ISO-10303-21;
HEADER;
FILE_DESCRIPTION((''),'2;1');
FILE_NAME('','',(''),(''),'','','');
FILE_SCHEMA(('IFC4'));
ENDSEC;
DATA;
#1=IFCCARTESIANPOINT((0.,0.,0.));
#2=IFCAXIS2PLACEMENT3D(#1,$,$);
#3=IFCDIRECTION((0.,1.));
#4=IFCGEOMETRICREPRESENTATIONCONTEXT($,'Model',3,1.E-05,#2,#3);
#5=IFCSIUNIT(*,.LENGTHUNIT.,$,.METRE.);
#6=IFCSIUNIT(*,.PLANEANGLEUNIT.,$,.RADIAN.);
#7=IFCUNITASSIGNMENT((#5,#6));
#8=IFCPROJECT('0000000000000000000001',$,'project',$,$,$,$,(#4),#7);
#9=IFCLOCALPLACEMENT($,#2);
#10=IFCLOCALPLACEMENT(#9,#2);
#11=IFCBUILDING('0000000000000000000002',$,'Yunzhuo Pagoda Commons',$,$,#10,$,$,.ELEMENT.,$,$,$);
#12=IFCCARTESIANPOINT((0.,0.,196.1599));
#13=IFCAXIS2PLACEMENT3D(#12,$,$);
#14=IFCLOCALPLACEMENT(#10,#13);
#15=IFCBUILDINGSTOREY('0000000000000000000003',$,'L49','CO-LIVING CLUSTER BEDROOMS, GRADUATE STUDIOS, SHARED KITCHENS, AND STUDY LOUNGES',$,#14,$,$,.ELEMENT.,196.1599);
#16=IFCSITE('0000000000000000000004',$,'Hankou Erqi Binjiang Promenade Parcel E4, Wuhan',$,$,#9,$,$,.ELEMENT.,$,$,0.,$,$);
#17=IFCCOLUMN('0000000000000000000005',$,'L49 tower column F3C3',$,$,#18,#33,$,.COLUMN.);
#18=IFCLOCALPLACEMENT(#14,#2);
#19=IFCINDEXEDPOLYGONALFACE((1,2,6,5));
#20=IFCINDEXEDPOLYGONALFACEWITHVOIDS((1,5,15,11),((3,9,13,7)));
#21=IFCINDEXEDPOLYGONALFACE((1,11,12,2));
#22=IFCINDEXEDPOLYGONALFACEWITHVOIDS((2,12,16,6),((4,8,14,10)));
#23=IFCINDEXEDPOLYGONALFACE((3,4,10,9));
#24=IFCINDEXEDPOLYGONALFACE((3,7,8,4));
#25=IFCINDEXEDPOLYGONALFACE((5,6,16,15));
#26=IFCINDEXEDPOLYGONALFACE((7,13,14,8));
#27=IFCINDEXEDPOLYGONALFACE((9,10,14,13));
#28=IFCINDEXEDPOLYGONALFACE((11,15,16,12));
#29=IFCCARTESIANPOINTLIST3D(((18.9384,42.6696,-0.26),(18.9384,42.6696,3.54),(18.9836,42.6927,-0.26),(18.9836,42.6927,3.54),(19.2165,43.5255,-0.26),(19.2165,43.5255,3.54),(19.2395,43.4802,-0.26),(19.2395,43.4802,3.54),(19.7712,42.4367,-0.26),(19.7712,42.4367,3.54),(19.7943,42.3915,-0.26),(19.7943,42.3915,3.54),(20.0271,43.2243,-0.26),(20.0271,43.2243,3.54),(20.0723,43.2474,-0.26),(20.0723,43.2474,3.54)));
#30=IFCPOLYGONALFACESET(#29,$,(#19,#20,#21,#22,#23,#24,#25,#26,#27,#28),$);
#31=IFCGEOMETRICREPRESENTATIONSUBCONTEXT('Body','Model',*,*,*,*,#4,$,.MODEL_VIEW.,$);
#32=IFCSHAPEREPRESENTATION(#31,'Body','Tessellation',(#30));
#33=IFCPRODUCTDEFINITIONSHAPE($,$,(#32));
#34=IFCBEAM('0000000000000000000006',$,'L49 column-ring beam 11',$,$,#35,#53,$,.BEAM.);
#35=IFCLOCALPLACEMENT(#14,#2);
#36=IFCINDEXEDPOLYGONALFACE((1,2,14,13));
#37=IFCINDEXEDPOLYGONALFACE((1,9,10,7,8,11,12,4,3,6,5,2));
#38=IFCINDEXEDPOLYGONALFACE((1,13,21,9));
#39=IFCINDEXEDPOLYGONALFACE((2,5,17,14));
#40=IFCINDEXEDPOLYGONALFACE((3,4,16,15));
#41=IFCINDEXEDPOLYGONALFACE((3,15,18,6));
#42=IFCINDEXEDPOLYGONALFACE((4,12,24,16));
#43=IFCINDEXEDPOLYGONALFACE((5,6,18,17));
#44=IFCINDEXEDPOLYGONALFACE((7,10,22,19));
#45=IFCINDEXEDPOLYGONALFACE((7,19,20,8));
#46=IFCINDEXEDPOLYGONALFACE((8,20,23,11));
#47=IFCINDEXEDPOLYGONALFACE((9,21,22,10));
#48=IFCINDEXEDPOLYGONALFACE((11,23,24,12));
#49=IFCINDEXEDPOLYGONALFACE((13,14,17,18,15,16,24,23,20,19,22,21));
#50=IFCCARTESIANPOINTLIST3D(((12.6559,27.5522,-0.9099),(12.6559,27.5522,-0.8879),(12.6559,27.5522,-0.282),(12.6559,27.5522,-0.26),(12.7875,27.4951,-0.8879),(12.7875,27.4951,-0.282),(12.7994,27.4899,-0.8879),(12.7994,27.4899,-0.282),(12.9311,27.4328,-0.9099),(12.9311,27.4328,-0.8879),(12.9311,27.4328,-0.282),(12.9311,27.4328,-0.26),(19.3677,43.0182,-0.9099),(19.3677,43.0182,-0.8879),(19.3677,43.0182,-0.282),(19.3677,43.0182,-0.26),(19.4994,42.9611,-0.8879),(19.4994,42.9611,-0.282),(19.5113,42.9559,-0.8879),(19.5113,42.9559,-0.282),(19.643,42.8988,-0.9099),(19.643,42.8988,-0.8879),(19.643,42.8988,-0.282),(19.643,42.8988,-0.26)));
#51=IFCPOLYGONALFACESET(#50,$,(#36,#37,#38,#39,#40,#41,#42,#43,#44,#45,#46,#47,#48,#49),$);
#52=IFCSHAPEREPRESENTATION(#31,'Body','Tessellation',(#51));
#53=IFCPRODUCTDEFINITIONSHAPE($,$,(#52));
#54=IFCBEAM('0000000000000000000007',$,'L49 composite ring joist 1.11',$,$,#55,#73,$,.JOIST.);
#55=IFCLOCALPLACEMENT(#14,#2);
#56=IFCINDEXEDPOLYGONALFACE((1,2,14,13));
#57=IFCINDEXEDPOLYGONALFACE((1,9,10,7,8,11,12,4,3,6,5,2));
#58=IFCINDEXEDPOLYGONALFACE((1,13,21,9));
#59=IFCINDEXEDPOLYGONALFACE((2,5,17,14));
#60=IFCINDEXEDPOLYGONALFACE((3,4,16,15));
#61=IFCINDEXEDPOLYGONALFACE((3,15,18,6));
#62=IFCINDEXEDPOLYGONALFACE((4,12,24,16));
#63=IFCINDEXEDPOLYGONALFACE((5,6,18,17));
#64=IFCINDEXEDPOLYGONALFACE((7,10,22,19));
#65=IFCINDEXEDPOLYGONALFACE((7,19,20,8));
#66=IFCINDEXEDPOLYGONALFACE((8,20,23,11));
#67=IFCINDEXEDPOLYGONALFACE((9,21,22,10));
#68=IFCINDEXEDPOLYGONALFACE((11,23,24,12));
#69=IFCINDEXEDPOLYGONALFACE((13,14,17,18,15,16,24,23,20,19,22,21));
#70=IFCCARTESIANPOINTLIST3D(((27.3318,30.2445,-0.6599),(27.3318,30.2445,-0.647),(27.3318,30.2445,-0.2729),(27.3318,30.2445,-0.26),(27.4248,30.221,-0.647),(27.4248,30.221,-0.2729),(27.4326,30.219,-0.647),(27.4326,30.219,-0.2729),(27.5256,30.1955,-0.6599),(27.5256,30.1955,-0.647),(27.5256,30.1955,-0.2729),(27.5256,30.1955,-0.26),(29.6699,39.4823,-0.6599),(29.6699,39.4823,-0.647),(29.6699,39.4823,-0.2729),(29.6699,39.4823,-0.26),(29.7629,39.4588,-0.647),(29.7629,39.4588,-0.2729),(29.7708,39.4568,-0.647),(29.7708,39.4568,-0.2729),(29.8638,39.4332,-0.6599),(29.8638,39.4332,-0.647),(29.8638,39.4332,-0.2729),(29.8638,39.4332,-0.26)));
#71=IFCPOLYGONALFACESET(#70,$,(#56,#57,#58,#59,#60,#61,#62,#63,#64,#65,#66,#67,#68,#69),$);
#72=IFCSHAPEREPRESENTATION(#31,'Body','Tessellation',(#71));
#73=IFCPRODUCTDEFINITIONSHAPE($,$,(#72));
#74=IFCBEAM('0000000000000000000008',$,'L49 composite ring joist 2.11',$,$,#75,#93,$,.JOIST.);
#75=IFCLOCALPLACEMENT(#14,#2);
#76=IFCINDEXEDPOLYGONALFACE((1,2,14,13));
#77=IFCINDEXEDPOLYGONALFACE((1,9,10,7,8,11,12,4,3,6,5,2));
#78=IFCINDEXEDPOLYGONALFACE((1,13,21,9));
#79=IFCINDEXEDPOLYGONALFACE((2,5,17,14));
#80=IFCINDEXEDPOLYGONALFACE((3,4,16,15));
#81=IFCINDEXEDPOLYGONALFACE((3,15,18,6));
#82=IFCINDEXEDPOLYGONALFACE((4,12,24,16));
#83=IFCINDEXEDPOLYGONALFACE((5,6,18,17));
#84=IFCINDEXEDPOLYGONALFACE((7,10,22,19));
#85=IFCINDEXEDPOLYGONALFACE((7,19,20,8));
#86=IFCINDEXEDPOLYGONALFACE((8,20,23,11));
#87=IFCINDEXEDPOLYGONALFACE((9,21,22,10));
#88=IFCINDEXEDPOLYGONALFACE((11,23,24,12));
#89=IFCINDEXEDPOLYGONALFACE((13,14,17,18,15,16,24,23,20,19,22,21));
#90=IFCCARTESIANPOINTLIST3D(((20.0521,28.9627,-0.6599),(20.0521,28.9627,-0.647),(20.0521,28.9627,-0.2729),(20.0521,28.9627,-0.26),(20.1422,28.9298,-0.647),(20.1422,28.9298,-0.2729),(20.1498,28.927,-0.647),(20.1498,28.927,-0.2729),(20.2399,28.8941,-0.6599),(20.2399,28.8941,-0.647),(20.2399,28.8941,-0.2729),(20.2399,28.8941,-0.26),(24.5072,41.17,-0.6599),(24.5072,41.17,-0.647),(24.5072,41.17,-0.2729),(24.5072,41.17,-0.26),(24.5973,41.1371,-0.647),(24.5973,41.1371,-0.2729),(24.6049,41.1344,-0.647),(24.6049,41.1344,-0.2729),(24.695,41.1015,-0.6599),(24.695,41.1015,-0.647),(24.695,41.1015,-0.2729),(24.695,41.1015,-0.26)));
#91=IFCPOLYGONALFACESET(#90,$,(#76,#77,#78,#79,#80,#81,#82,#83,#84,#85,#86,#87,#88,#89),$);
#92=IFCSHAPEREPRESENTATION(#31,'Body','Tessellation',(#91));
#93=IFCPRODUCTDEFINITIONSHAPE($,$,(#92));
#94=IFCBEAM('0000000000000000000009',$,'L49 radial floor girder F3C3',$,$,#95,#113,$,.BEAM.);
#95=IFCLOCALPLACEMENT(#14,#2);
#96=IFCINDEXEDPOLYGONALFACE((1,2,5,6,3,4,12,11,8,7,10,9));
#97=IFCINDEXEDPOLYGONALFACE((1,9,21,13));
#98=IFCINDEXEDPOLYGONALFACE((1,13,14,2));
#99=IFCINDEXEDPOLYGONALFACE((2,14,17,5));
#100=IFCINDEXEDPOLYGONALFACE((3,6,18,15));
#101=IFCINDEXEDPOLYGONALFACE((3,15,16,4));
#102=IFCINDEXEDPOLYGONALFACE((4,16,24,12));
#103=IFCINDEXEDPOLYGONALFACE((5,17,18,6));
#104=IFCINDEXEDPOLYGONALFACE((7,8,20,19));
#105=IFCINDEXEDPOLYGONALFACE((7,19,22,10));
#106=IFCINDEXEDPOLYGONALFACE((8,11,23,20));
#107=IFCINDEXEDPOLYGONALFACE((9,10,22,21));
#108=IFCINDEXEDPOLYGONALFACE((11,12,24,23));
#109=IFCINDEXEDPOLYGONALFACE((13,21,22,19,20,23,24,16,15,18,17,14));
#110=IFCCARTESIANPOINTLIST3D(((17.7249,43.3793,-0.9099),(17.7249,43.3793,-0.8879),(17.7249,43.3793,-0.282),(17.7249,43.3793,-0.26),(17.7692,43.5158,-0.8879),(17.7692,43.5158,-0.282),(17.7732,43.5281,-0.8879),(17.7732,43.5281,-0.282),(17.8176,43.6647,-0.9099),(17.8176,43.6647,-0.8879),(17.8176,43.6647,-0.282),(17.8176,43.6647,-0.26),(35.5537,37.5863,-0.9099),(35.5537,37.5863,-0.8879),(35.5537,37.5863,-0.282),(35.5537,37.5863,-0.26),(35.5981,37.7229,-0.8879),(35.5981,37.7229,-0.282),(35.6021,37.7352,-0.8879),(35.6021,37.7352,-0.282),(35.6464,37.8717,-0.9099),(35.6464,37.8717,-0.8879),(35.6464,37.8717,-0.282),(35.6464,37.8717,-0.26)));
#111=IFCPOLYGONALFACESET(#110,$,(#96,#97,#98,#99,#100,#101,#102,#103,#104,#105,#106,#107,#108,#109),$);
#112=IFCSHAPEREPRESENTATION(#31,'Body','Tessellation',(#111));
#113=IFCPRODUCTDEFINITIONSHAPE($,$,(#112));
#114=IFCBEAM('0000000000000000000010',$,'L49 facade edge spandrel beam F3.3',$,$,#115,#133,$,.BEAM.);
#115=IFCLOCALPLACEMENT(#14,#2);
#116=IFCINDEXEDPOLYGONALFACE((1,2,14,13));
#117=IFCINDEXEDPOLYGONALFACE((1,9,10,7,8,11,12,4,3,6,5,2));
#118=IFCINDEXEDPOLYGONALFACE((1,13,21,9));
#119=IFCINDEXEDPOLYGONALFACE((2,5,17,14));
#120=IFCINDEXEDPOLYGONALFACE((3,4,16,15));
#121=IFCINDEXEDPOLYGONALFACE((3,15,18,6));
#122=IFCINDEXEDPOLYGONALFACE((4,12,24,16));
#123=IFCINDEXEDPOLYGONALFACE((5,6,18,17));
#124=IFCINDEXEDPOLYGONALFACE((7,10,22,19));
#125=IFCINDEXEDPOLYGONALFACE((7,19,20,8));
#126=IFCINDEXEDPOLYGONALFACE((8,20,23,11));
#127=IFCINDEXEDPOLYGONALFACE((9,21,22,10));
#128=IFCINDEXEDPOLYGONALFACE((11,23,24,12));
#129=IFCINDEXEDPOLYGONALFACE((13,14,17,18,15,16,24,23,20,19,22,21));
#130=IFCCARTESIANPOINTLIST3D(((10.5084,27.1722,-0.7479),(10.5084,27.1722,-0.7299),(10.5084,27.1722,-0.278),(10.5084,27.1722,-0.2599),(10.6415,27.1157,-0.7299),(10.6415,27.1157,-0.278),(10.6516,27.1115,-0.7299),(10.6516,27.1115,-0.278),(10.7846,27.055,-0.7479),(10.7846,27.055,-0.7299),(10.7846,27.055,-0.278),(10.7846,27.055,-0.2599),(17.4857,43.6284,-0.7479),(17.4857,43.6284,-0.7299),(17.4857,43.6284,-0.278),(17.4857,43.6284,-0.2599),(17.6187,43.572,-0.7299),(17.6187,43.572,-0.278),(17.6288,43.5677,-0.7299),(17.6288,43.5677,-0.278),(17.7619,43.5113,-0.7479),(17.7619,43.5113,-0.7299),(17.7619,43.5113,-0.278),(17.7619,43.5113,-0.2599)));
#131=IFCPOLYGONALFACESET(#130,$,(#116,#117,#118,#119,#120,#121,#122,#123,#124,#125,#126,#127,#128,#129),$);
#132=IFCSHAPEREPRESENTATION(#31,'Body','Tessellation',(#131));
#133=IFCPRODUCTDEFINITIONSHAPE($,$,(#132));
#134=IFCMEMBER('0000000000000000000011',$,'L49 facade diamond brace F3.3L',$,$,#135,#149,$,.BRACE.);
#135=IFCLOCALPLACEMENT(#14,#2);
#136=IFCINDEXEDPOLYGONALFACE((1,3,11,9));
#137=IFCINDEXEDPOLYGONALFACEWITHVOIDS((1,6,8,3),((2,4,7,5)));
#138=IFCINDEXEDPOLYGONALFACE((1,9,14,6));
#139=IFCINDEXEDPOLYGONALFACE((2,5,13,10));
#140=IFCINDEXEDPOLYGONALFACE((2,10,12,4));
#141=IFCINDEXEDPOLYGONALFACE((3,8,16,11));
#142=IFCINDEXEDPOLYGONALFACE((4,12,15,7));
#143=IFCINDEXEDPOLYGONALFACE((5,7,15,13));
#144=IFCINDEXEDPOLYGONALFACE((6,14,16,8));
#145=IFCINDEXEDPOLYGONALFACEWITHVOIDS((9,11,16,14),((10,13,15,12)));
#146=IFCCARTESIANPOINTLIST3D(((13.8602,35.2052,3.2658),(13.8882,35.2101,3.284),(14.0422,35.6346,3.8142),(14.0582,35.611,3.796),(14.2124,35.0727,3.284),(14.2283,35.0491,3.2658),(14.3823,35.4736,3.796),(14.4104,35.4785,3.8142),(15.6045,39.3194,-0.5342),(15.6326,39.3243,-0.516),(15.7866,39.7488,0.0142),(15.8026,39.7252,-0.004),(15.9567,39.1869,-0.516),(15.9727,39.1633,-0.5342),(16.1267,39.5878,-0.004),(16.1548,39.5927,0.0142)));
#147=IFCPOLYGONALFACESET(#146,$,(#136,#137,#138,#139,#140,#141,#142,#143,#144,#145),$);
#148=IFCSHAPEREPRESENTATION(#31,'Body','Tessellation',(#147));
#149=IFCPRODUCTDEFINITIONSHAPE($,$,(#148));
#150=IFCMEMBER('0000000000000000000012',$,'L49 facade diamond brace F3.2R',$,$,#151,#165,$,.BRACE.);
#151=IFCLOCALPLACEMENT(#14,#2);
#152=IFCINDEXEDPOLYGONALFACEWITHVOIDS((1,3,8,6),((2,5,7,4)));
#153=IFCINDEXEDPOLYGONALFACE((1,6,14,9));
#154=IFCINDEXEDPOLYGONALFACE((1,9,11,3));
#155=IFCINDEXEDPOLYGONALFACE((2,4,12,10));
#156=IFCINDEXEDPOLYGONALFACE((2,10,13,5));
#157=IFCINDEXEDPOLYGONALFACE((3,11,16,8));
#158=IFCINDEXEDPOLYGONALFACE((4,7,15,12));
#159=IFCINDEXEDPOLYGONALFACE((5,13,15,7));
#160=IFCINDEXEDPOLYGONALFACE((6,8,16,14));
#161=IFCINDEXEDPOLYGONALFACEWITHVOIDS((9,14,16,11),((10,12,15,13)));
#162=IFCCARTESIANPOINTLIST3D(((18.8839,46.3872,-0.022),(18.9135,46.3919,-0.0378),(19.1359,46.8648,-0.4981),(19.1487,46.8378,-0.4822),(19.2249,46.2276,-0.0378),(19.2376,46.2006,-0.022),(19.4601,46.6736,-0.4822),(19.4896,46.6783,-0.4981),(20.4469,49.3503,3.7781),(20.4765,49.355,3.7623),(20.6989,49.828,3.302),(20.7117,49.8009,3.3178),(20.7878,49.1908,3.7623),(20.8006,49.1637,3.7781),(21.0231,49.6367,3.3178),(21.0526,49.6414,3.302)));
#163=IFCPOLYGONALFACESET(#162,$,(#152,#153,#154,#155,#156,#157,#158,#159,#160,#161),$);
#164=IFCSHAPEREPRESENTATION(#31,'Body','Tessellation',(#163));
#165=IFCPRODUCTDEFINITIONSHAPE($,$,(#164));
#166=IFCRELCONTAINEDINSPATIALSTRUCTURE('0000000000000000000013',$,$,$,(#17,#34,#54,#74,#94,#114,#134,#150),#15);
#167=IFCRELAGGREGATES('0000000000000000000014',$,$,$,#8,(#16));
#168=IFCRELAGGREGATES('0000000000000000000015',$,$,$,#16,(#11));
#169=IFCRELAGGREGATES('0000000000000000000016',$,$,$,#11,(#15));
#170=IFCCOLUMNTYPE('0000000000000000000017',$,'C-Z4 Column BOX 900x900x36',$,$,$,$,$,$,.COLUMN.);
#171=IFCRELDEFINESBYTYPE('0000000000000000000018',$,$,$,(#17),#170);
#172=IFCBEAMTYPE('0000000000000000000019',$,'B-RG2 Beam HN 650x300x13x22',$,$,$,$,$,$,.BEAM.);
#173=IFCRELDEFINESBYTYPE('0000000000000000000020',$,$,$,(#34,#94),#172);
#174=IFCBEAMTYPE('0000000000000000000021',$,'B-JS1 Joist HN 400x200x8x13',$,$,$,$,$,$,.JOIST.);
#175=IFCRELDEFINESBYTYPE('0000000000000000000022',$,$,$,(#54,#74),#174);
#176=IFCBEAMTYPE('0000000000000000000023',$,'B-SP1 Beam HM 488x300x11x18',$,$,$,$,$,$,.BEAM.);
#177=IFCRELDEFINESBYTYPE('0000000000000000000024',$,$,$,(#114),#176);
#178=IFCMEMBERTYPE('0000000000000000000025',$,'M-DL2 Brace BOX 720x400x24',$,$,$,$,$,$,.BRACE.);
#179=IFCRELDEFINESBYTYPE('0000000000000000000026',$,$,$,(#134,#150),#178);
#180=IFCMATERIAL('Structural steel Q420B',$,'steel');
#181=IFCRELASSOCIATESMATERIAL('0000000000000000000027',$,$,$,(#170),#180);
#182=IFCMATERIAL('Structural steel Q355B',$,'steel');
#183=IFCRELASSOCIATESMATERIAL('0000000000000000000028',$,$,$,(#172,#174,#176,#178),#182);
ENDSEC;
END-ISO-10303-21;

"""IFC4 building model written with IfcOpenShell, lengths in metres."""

from ifc_helpers import new_model, si_unit, direction, frame, origin, origin_2d, place, context, subcontext, project, spatial, hollow_rectangle, i_section, extrude, source, transform, mapped, material, material_profile, profile_set, type_object, element, save


model = new_model("IFC4")

# Units and contexts
model_context = context("Model", 3, precision=1e-05, world=origin(), true_north=direction((0.0, 1.0)))
body_context = subcontext(model_context, "Body", "Model", "MODEL_VIEW")
ifc_project = project(units=[si_unit("LENGTHUNIT", "METRE"), si_unit("PLANEANGLEUNIT", "RADIAN")], contexts=[model_context])

# Site, building, storey
site_placement = place(None, origin())
site = spatial("IfcSite", under=ifc_project, at=site_placement, Name="Hankou Erqi Binjiang Promenade Parcel E4, Wuhan", CompositionType="ELEMENT", RefElevation=0.0)
building_placement = place(site_placement, origin())
building = spatial("IfcBuilding", under=site, at=building_placement, Name="Yunzhuo Pagoda Commons", CompositionType="ELEMENT")
storey_placement = place(building_placement, frame((0.0, 0.0, 196.1599)))
storey = spatial("IfcBuildingStorey", under=building, at=storey_placement, Name="L49", Description="CO-LIVING CLUSTER BEDROOMS, GRADUATE STUDIOS, SHARED KITCHENS, AND STUDY LOUNGES", CompositionType="ELEMENT", Elevation=196.1599)

# Column
ifc_material_1 = material(Name="Structural steel Q420B", Category="steel")
ifc_material_profile_1 = material_profile(ifc_material_1, hollow_rectangle(XDim=0.8999, YDim=0.8999, WallThickness=0.0359, at=origin_2d()), Name="Structural steel Q420B")
ifc_profile_set_1 = profile_set([ifc_material_profile_1], Name="Structural steel Q420B")
column_type = type_object("IfcColumnType", Name="C-Z4 Column BOX 900x900x36", PredefinedType="COLUMN", material=ifc_profile_set_1)
shared_shape_1 = source(origin(), body_context, "Body", "SweptSolid", [
    extrude(hollow_rectangle(XDim=0.8999, YDim=0.8999, WallThickness=0.0359, at=origin_2d()), origin(), (0.0, 0.0, 1.0), 3.8),
])
column_placement = place(storey_placement, frame((19.5054, 42.9585, -0.26), z_axis=(0.0, 0.0, 1.0), x_axis=(-0.309017, -0.951057, 0.0)))
element("IfcColumn", 1, at=column_placement, inside=storey, type_object=column_type, Name="L49 tower column F3C3", PredefinedType="COLUMN", context=body_context, shape_type="MappedRepresentation", body=[
    mapped(shared_shape_1, transform((0.0, 0.0, 0.0), scale=1.0)),
])

# Beams
ifc_material_2 = material(Name="Structural steel Q355B", Category="steel")
ifc_material_profile_2 = material_profile(ifc_material_2, i_section(OverallWidth=0.3, OverallDepth=0.6499, WebThickness=0.0129, FlangeThickness=0.022, at=origin_2d()), Name="Structural steel Q355B")
ifc_profile_set_2 = profile_set([ifc_material_profile_2], Name="Structural steel Q355B")
beam_type_1 = type_object("IfcBeamType", Name="B-RG2 Beam HN 650x300x13x22", PredefinedType="BEAM", material=ifc_profile_set_2)
shared_shape_2 = source(origin(), body_context, "Body", "SweptSolid", [
    extrude(i_section(OverallWidth=0.3, OverallDepth=0.6499, WebThickness=0.0129, FlangeThickness=0.022, at=origin_2d()), origin(), (0.0, 0.0, 1.0), 16.8596),
])
beam_1_placement = place(storey_placement, frame((19.5054, 42.9585, -0.585), z_axis=(-0.398104, -0.91734, 0.0), x_axis=(0.91734, -0.398104, 0.0)))
element("IfcBeam", 2, at=beam_1_placement, inside=storey, type_object=beam_type_1, Name="L49 column-ring beam 11", PredefinedType="BEAM", context=body_context, shape_type="MappedRepresentation", body=[
    mapped(shared_shape_2, transform((0.0, 0.0, 0.0), scale=1.0)),
])
ifc_material_profile_3 = material_profile(ifc_material_2, i_section(OverallWidth=0.2, OverallDepth=0.3999, WebThickness=0.0081, FlangeThickness=0.0129, at=origin_2d()), Name="Structural steel Q355B")
ifc_profile_set_3 = profile_set([ifc_material_profile_3], Name="Structural steel Q355B")
beam_type_2 = type_object("IfcBeamType", Name="B-JS1 Joist HN 400x200x8x13", PredefinedType="JOIST", material=ifc_profile_set_3)
shared_shape_3 = source(origin(), body_context, "Body", "SweptSolid", [
    extrude(i_section(OverallWidth=0.2, OverallDepth=0.3999, WebThickness=0.0081, FlangeThickness=0.0129, at=origin_2d()), origin(), (0.0, 0.0, 1.0), 9.5291),
])
beam_2_placement = place(storey_placement, frame((29.7668, 39.4578, -0.46), z_axis=(-0.245368, -0.96943, 0.0), x_axis=(0.96943, -0.245368, 0.0)))
element("IfcBeam", 3, at=beam_2_placement, inside=storey, type_object=beam_type_2, Name="L49 composite ring joist 1.11", PredefinedType="JOIST", context=body_context, shape_type="MappedRepresentation", body=[
    mapped(shared_shape_3, transform((0.0, 0.0, 0.0), scale=1.0)),
])
shared_shape_4 = source(origin(), body_context, "Body", "SweptSolid", [
    extrude(i_section(OverallWidth=0.2, OverallDepth=0.3999, WebThickness=0.0081, FlangeThickness=0.0129, at=origin_2d()), origin(), (0.0, 0.0, 1.0), 12.9949),
])
beam_3_placement = place(storey_placement, frame((24.6011, 41.1357, -0.46), z_axis=(-0.342835, -0.939396, 0.0), x_axis=(0.939396, -0.342835, 0.0)))
element("IfcBeam", 4, at=beam_3_placement, inside=storey, type_object=beam_type_2, Name="L49 composite ring joist 2.11", PredefinedType="JOIST", context=body_context, shape_type="MappedRepresentation", body=[
    mapped(shared_shape_4, transform((0.0, 0.0, 0.0), scale=1.0)),
])
shared_shape_5 = source(origin(), body_context, "Body", "SweptSolid", [
    extrude(i_section(OverallWidth=0.3, OverallDepth=0.6499, WebThickness=0.0129, FlangeThickness=0.022, at=origin_2d()), origin(), (0.0, 0.0, 1.0), 18.7463),
])
beam_4_placement = place(storey_placement, frame((17.7712, 43.522, -0.585), z_axis=(0.951056, -0.309018, 0.0), x_axis=(0.309018, 0.951056, 0.0)))
element("IfcBeam", 5, at=beam_4_placement, inside=storey, type_object=beam_type_1, Name="L49 radial floor girder F3C3", PredefinedType="BEAM", context=body_context, shape_type="MappedRepresentation", body=[
    mapped(shared_shape_5, transform((0.0, 0.0, 0.0), scale=1.0)),
])
ifc_material_profile_4 = material_profile(ifc_material_2, i_section(OverallWidth=0.3, OverallDepth=0.488, WebThickness=0.011, FlangeThickness=0.0181, at=origin_2d()), Name="Structural steel Q355B")
ifc_profile_set_4 = profile_set([ifc_material_profile_4], Name="Structural steel Q355B")
beam_type_3 = type_object("IfcBeamType", Name="B-SP1 Beam HM 488x300x11x18", PredefinedType="BEAM", material=ifc_profile_set_4)
shared_shape_6 = source(origin(), body_context, "Body", "SweptSolid", [
    extrude(i_section(OverallWidth=0.3, OverallDepth=0.488, WebThickness=0.011, FlangeThickness=0.0181, at=origin_2d()), origin(), (0.0, 0.0, 1.0), 17.8743),
])
beam_5_placement = place(storey_placement, frame((17.6238, 43.5698, -0.5039), z_axis=(-0.390352, -0.920666, 0.0), x_axis=(0.920666, -0.390352, 0.0)))
element("IfcBeam", 6, at=beam_5_placement, inside=storey, type_object=beam_type_3, Name="L49 facade edge spandrel beam F3.3", PredefinedType="BEAM", context=body_context, shape_type="MappedRepresentation", body=[
    mapped(shared_shape_6, transform((0.0, 0.0, 0.0), scale=1.0)),
])

# Members
ifc_material_profile_5 = material_profile(ifc_material_2, hollow_rectangle(XDim=0.3999, YDim=0.72, WallThickness=0.0239, at=origin_2d()), Name="Structural steel Q355B")
ifc_profile_set_5 = profile_set([ifc_material_profile_5], Name="Structural steel Q355B")
member_type_1 = type_object("IfcMemberType", Name="M-DL2 Brace BOX 720x400x24", PredefinedType="BRACE", material=ifc_profile_set_5)
shared_shape_7 = source(origin(), body_context, "Body", "SweptSolid", [
    extrude(hollow_rectangle(XDim=0.3999, YDim=0.72, WallThickness=0.0239, at=origin_2d()), origin(), (0.0, 0.0, 1.0), 5.866),
])
member_1_placement = place(storey_placement, frame((15.8796, 39.4561, -0.26), z_axis=(-0.29737, -0.701369, 0.647805), x_axis=(0.920667, -0.390349, 0.0)))
element("IfcMember", 7, at=member_1_placement, inside=storey, type_object=member_type_1, Name="L49 facade diamond brace F3.3L", PredefinedType="BRACE", context=body_context, shape_type="MappedRepresentation", body=[
    mapped(shared_shape_7, transform((0.0, 0.0, 0.0), scale=1.0)),
])
shared_shape_8 = source(origin(), body_context, "Body", "SweptSolid", [
    extrude(hollow_rectangle(XDim=0.3999, YDim=0.72, WallThickness=0.0239, at=origin_2d()), origin(), (0.0, 0.0, 1.0), 5.0659),
])
member_2_placement = place(storey_placement, frame((19.1868, 46.5327, -0.26), z_axis=(0.30853, 0.584916, 0.750121), x_axis=(-0.884494, 0.466551, 0.0)))
element("IfcMember", 8, at=member_2_placement, inside=storey, type_object=member_type_1, Name="L49 facade diamond brace F3.2R", PredefinedType="BRACE", context=body_context, shape_type="MappedRepresentation", body=[
    mapped(shared_shape_8, transform((0.0, 0.0, 0.0), scale=1.0)),
])

save(model, "model.ifc")
